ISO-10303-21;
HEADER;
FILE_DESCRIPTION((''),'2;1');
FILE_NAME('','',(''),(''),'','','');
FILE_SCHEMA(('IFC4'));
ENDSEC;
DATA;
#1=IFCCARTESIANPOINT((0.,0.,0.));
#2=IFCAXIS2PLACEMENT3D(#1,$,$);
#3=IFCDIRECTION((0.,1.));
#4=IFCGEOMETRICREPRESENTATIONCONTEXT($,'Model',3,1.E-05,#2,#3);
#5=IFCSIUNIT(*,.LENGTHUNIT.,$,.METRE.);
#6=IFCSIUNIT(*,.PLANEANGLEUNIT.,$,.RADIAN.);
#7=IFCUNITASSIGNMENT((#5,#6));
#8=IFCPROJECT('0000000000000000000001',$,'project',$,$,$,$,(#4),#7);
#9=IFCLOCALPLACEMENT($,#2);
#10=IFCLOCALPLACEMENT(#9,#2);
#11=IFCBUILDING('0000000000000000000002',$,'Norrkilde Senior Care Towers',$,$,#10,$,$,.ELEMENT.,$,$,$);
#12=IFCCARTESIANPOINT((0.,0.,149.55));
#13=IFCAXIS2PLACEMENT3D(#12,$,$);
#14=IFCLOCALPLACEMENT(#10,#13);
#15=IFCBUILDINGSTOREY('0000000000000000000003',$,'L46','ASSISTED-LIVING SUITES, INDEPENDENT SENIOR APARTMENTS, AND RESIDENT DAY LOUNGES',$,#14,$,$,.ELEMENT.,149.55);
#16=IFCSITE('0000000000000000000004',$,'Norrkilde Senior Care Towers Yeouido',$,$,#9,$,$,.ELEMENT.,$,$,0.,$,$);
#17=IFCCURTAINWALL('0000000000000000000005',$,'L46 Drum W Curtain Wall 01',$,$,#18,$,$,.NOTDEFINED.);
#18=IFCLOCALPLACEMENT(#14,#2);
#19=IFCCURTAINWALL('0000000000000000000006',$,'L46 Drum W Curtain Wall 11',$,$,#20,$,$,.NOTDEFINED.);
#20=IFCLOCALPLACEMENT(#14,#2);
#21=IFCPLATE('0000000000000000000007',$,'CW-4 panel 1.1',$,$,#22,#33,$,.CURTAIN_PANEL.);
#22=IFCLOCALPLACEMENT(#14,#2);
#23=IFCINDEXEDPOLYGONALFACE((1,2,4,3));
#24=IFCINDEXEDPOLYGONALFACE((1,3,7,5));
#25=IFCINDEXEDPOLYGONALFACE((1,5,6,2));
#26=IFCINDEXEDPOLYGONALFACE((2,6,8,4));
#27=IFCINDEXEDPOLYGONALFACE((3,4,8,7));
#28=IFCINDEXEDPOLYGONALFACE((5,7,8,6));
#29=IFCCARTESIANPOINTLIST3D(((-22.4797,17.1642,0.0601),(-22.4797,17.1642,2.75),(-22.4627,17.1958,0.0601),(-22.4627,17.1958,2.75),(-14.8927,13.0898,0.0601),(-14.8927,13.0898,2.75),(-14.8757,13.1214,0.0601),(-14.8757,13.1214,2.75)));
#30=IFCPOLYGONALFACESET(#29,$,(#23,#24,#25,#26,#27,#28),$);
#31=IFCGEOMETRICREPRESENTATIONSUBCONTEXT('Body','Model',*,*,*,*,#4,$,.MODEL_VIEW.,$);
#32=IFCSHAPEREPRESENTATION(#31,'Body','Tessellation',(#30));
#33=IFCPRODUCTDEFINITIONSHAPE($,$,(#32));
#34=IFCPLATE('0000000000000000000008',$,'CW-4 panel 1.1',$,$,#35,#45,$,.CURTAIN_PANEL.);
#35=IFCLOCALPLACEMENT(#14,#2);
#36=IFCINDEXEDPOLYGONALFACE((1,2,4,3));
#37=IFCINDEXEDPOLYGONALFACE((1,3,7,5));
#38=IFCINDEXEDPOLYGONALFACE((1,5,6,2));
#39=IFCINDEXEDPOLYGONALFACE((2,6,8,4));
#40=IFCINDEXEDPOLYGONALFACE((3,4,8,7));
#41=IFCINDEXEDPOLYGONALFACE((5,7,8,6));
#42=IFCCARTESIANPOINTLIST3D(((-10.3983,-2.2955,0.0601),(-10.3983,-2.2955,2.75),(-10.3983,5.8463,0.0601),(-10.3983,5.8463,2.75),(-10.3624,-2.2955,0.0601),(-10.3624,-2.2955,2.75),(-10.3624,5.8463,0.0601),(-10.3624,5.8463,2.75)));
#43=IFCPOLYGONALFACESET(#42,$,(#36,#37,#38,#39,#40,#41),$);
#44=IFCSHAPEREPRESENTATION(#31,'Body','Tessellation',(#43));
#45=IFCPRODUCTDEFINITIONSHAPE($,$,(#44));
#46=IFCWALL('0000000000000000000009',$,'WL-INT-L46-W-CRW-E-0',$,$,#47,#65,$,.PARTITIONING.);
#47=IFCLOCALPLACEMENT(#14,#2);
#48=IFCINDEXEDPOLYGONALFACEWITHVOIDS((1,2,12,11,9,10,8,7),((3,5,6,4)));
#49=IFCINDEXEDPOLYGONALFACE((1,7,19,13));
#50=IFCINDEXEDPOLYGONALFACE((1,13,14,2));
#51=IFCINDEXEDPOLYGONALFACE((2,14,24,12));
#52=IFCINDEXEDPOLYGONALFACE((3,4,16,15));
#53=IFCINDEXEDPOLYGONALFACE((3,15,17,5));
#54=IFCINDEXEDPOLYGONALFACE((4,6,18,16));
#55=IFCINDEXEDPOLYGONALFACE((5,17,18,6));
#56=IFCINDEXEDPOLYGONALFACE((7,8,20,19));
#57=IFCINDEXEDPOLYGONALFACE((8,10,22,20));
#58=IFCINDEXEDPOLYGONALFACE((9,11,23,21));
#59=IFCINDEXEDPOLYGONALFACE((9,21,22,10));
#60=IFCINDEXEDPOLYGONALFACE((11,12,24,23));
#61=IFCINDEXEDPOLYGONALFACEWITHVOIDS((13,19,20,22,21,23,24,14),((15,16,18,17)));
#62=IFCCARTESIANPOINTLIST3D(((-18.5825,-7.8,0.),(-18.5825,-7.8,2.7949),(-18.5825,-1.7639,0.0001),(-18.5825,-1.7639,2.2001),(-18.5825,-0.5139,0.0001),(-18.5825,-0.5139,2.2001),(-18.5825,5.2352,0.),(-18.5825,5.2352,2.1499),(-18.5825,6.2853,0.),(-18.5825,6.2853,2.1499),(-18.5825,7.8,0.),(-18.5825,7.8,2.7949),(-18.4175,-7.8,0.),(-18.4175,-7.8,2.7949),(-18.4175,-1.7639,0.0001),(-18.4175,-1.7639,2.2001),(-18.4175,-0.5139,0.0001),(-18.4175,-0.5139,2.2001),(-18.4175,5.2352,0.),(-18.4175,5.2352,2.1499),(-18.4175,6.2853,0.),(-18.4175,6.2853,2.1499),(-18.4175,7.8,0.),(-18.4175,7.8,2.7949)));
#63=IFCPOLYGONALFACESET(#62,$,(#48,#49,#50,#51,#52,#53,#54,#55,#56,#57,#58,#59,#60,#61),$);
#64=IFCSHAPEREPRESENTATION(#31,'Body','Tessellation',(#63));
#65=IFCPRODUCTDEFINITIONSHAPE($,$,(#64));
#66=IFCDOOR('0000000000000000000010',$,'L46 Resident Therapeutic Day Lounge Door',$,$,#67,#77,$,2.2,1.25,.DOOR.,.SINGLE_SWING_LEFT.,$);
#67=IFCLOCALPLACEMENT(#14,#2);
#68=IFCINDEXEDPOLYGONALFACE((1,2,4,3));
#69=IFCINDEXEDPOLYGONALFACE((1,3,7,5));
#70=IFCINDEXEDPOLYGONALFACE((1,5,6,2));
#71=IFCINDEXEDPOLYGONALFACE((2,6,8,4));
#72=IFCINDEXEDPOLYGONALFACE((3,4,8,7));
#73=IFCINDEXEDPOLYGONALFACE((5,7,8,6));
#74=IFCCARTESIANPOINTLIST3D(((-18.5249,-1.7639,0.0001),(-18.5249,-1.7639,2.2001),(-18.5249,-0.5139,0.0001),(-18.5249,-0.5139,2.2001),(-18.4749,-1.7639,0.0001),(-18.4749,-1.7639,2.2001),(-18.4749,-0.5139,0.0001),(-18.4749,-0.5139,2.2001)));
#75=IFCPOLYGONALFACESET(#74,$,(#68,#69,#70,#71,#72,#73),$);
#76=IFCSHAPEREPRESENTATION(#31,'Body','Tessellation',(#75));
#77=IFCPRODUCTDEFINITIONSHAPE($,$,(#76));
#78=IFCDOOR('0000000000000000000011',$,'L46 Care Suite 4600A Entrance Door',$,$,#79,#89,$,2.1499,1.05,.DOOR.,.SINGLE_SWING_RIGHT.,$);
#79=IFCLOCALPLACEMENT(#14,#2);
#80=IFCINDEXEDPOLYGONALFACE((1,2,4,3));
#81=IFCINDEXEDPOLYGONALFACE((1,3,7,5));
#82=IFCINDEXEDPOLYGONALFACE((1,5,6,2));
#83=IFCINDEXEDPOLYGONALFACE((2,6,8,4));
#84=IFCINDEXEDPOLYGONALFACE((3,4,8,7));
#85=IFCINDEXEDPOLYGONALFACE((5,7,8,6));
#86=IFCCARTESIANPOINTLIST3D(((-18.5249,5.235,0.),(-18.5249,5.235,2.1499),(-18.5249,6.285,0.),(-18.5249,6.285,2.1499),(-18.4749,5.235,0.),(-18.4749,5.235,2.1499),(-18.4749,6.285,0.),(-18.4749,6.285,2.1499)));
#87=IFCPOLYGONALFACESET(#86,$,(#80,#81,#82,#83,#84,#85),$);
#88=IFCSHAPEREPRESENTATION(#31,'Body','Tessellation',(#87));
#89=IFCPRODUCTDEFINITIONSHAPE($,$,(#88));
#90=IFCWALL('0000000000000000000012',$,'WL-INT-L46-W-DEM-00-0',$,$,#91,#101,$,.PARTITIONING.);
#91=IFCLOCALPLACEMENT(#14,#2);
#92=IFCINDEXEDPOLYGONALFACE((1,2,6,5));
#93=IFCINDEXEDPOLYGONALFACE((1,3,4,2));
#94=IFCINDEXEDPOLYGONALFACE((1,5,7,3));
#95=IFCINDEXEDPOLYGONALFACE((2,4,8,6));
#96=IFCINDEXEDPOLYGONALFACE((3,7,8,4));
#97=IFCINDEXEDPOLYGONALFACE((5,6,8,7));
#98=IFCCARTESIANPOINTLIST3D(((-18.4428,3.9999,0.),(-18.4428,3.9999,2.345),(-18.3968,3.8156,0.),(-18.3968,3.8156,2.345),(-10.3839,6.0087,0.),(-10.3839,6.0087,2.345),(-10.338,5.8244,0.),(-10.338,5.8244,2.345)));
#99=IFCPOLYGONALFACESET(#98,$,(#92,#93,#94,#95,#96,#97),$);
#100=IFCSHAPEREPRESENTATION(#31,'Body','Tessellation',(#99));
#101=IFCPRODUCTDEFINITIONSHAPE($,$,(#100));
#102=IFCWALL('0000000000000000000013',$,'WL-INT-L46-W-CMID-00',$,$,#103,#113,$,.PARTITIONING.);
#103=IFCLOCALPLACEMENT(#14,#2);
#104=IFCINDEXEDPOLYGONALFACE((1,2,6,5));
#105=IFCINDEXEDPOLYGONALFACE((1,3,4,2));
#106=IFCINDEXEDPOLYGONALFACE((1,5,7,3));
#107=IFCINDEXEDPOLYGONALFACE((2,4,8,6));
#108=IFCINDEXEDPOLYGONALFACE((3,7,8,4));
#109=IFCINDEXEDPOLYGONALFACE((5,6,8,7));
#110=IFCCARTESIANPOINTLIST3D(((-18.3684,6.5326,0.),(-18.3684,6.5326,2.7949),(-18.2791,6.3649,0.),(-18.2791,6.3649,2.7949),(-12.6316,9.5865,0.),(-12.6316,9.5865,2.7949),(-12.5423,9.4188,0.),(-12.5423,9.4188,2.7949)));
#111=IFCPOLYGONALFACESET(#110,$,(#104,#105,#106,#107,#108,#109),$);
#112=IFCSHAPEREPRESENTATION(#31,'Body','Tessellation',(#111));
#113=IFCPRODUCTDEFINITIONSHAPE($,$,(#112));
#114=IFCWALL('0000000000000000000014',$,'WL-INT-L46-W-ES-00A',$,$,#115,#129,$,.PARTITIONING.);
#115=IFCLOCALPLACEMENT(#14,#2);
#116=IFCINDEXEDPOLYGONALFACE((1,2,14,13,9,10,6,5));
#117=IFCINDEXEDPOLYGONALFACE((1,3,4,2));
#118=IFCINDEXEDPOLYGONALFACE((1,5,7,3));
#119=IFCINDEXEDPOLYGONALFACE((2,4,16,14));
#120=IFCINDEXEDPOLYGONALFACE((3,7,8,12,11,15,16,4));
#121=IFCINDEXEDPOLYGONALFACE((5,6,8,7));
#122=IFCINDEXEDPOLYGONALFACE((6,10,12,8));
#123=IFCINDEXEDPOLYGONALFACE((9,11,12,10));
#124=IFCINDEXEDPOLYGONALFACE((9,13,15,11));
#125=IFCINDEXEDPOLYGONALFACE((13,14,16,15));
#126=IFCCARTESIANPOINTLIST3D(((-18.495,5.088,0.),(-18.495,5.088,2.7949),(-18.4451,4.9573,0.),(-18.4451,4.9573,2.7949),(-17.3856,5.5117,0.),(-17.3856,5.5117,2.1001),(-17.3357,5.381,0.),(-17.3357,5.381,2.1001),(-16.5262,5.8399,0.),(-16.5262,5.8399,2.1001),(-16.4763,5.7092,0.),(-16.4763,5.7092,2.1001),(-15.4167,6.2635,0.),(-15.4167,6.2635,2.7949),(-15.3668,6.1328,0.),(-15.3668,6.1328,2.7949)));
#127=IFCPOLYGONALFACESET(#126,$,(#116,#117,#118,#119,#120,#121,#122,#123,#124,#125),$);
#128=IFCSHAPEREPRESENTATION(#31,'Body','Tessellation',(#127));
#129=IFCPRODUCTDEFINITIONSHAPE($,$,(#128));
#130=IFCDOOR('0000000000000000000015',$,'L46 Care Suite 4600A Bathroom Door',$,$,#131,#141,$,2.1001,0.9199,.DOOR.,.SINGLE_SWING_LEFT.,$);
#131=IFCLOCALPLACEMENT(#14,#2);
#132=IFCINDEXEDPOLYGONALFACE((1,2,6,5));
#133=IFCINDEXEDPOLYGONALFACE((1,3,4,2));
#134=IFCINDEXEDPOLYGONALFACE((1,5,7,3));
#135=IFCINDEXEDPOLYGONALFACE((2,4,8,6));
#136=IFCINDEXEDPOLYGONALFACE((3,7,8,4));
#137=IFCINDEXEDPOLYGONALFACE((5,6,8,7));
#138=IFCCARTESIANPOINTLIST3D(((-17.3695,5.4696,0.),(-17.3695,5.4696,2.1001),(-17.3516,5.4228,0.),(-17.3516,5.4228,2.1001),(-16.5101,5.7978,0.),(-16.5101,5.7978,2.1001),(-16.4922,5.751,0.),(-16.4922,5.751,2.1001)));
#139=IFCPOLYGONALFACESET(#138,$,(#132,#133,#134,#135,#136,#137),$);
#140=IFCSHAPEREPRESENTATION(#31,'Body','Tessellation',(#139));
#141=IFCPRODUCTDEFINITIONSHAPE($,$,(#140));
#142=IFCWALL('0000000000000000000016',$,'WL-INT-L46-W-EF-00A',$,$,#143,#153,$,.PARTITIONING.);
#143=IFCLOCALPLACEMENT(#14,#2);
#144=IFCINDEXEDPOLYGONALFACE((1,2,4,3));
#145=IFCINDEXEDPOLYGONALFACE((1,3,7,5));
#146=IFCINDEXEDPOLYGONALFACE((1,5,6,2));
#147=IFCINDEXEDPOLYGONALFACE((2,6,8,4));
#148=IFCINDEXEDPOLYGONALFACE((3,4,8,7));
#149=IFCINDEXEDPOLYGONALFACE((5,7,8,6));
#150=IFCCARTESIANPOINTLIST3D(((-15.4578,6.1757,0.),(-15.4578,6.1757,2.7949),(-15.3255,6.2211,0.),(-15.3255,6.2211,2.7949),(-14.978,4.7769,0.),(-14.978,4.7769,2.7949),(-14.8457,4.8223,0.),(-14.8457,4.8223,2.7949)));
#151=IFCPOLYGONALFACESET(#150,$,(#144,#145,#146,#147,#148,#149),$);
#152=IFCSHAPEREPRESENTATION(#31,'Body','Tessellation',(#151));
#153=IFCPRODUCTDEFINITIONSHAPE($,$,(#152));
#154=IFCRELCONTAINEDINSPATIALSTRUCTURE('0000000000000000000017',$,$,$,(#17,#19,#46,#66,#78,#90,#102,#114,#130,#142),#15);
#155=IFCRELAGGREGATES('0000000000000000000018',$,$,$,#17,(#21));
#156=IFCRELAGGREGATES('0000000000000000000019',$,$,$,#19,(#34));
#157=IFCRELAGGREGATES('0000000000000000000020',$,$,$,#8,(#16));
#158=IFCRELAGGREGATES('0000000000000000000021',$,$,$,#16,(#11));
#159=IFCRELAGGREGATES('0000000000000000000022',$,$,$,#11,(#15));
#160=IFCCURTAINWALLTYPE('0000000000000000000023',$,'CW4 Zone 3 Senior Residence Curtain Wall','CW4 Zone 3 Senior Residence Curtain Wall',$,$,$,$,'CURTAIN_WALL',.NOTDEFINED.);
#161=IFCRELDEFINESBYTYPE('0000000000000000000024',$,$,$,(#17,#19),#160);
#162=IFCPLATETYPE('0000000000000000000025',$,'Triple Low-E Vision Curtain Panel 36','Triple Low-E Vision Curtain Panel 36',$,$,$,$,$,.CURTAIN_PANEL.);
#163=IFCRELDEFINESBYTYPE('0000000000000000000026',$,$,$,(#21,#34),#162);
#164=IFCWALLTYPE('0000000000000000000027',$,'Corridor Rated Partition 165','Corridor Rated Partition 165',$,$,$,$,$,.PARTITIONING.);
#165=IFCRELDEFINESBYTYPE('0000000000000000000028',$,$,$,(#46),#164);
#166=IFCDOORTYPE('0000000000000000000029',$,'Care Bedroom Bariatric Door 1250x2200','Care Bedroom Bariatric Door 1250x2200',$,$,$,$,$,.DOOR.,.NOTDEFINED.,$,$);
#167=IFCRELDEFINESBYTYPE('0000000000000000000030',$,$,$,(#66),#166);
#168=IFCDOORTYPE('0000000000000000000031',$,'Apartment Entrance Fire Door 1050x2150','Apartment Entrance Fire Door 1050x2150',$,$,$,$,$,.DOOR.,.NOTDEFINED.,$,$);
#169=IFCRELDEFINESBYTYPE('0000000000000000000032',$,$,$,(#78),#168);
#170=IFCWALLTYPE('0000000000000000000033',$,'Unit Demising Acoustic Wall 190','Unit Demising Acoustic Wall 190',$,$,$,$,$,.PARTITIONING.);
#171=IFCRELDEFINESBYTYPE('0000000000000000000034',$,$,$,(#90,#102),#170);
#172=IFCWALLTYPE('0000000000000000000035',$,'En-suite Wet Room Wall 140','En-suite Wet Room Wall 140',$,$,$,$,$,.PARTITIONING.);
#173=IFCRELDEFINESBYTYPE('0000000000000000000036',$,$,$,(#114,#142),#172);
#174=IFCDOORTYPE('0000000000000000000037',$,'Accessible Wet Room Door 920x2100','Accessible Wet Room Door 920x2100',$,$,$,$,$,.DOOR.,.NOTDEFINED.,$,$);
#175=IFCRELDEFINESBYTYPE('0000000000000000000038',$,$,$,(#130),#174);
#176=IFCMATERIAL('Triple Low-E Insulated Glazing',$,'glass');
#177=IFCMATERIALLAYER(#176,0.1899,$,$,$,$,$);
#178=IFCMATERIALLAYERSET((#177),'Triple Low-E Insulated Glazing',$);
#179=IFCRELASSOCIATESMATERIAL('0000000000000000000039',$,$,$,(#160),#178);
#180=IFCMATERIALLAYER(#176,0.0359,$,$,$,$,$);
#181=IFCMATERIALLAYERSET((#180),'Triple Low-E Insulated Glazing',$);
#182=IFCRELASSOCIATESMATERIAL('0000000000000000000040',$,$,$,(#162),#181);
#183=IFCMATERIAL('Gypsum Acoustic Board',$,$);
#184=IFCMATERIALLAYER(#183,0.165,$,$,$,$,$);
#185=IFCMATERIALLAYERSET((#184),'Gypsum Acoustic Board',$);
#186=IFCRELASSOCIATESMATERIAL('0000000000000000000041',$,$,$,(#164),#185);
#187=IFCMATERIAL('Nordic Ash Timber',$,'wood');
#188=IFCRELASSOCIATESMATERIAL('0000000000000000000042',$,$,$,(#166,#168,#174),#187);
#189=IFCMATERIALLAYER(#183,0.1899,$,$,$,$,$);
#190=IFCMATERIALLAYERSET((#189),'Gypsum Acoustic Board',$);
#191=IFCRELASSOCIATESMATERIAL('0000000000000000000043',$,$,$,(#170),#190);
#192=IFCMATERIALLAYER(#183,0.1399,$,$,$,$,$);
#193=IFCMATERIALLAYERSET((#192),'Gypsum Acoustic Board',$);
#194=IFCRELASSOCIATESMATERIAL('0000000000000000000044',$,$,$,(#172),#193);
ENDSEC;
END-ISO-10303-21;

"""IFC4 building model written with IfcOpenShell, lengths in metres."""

from ifc_helpers import new_model, si_unit, direction, frame, frame_2d, origin, origin_2d, place, context, subcontext, project, spatial, rectangle, extrude, source, transform, mapped, material, layer, layer_set, type_object, type_shapes, element, fill, aggregate, save


model = new_model("IFC4")

# Units and contexts
model_context = context("Model", 3, precision=1e-05, world=origin(), true_north=direction((0.0, 1.0)))
body_context = subcontext(model_context, "Body", "Model", "MODEL_VIEW")
ifc_project = project(units=[si_unit("LENGTHUNIT", "METRE"), si_unit("PLANEANGLEUNIT", "RADIAN")], contexts=[model_context])

# Site, building, storey
site_placement = place(None, origin())
site = spatial("IfcSite", under=ifc_project, at=site_placement, Name="Norrkilde Senior Care Towers Yeouido", CompositionType="ELEMENT", RefElevation=0.0)
building_placement = place(site_placement, origin())
building = spatial("IfcBuilding", under=site, at=building_placement, Name="Norrkilde Senior Care Towers", CompositionType="ELEMENT")
storey_placement = place(building_placement, frame((0.0, 0.0, 149.55)))
storey = spatial("IfcBuildingStorey", under=building, at=storey_placement, Name="L46", Description="ASSISTED-LIVING SUITES, INDEPENDENT SENIOR APARTMENTS, AND RESIDENT DAY LOUNGES", CompositionType="ELEMENT", Elevation=149.55)

# Shared definitions
ifc_material_1 = material(Name="Triple Low-E Insulated Glazing", Category="glass")
ifc_layer_1 = layer(ifc_material_1, 0.1899)
ifc_layer_set_1 = layer_set([ifc_layer_1], Name="Triple Low-E Insulated Glazing")
curtain_wall_type = type_object("IfcCurtainWallType", Name="CW4 Zone 3 Senior Residence Curtain Wall", Description="CW4 Zone 3 Senior Residence Curtain Wall", ElementType="CURTAIN_WALL", PredefinedType="NOTDEFINED", material=ifc_layer_set_1)

# Curtain walls
curtain_wall_1_placement = place(storey_placement, origin())
curtain_wall_1 = element("IfcCurtainWall", 1, at=curtain_wall_1_placement, inside=storey, type_object=curtain_wall_type, Name="L46 Drum W Curtain Wall 01", PredefinedType="NOTDEFINED")
curtain_wall_2_placement = place(storey_placement, origin())
curtain_wall_2 = element("IfcCurtainWall", 2, at=curtain_wall_2_placement, inside=storey, type_object=curtain_wall_type, Name="L46 Drum W Curtain Wall 11", PredefinedType="NOTDEFINED")

# Plates
ifc_layer_2 = layer(ifc_material_1, 0.0359)
ifc_layer_set_2 = layer_set([ifc_layer_2], Name="Triple Low-E Insulated Glazing")
plate_type = type_object("IfcPlateType", Name="Triple Low-E Vision Curtain Panel 36", Description="Triple Low-E Vision Curtain Panel 36", PredefinedType="CURTAIN_PANEL", material=ifc_layer_set_2)
shared_shape_1 = source(origin(), body_context, "Body", "SweptSolid", [
    extrude(rectangle(XDim=8.6118, YDim=0.0359, at=origin_2d()), origin(), (0.0, 0.0, 1.0), 2.6899),
])
plate_1_placement = place(storey_placement, frame((-18.6777, 15.1428, 0.0601), z_axis=(0.0, 0.0, 1.0), x_axis=(0.881, -0.473117, 0.0)))
plate_1 = element("IfcPlate", 3, at=plate_1_placement, type_object=plate_type, Name="CW-4 panel 1.1", PredefinedType="CURTAIN_PANEL", context=body_context, shape_type="MappedRepresentation", body=[
    mapped(shared_shape_1, transform((0.0, 0.0, 0.0), x_axis=(1.0, 0.0, 0.0), y_axis=(0.0, 1.0, 0.0), z_axis=(0.0, 0.0, 1.0), scale=1.0)),
])
aggregate(curtain_wall_1, [plate_1])
shared_shape_2 = source(origin(), body_context, "Body", "SweptSolid", [
    extrude(rectangle(XDim=8.1418, YDim=0.0359, at=origin_2d()), origin(), (0.0, 0.0, 1.0), 2.6899),
])
plate_2_placement = place(storey_placement, frame((-10.3804, 1.7754, 0.0601), z_axis=(0.0, 0.0, 1.0), x_axis=(0.0, -1.0, 0.0)))
plate_2 = element("IfcPlate", 4, at=plate_2_placement, type_object=plate_type, Name="CW-4 panel 1.1", PredefinedType="CURTAIN_PANEL", context=body_context, shape_type="MappedRepresentation", body=[
    mapped(shared_shape_2, transform((0.0, 0.0, 0.0), x_axis=(1.0, 0.0, 0.0), y_axis=(0.0, 1.0, 0.0), z_axis=(0.0, 0.0, 1.0), scale=1.0)),
])
aggregate(curtain_wall_2, [plate_2])

# Wall, openings, doors
ifc_material_2 = material(Name="Gypsum Acoustic Board")
ifc_layer_3 = layer(ifc_material_2, 0.165)
ifc_layer_set_3 = layer_set([ifc_layer_3], Name="Gypsum Acoustic Board")
wall_type_1 = type_object("IfcWallType", Name="Corridor Rated Partition 165", Description="Corridor Rated Partition 165", PredefinedType="PARTITIONING", material=ifc_layer_set_3)
shared_shape_3 = source(origin(), body_context, "Body", "SweptSolid", [
    extrude(rectangle(XDim=15.6001, YDim=0.165, at=frame_2d((7.8, 0.0))), origin(), (0.0, 0.0, 1.0), 2.7949),
])
type_shapes(wall_type_1, [shared_shape_3])
wall_1_placement = place(storey_placement, frame((-18.5, 7.8, 0.0), z_axis=(0.0, 0.0, 1.0), x_axis=(0.0, -1.0, 0.0)))
wall_1 = element("IfcWall", 5, at=wall_1_placement, inside=storey, type_object=wall_type_1, Name="WL-INT-L46-W-CRW-E-0", PredefinedType="PARTITIONING", context=body_context, shape_type="MappedRepresentation", body=[
    mapped(shared_shape_3, transform((0.0, 0.0, 0.0), x_axis=(1.0, 0.0, 0.0), y_axis=(0.0, 1.0, 0.0), z_axis=(0.0, 0.0, 1.0), scale=1.0)),
])
opening_1_placement = place(wall_1_placement, frame((8.314, 0.0, 0.0)))
opening_1 = element("IfcOpeningElement", 6, at=opening_1_placement, cuts=wall_1, PredefinedType="OPENING", context=body_context, shape_type="SweptSolid", body=[
    extrude(rectangle(XDim=1.25, YDim=2.2, at=frame_2d((0.625, 1.1001))), frame((0.0, 0.0925, 0.0), z_axis=(0.0, -1.0, 0.0), x_axis=(1.0, 0.0, 0.0)), (0.0, 0.0, 1.0), 0.1851),
])
opening_2_placement = place(wall_1_placement, frame((1.5149, 0.0, 0.0)))
opening_2 = element("IfcOpeningElement", 7, at=opening_2_placement, cuts=wall_1, PredefinedType="OPENING", context=body_context, shape_type="SweptSolid", body=[
    extrude(rectangle(XDim=1.05, YDim=2.1499, at=frame_2d((0.5249, 1.075))), frame((0.0, 0.0925, 0.0), z_axis=(0.0, -1.0, 0.0), x_axis=(1.0, 0.0, 0.0)), (0.0, 0.0, 1.0), 0.1851),
])
ifc_material_3 = material(Name="Nordic Ash Timber", Category="wood")
door_type_1 = type_object("IfcDoorType", Name="Care Bedroom Bariatric Door 1250x2200", Description="Care Bedroom Bariatric Door 1250x2200", OperationType="NOTDEFINED", PredefinedType="DOOR", material=ifc_material_3)
shared_shape_4 = source(origin(), body_context, "Body", "SweptSolid", [
    extrude(rectangle(XDim=1.25, YDim=2.2, at=frame_2d((0.625, 1.1001))), frame((0.0, 0.0249, 0.0), z_axis=(0.0, -1.0, 0.0), x_axis=(1.0, 0.0, 0.0)), (0.0, 0.0, 1.0), 0.05),
])
type_shapes(door_type_1, [shared_shape_4])
door_1_placement = place(opening_1_placement, frame((1.25, 0.0, 0.0), z_axis=(0.0, 0.0, 1.0), x_axis=(-1.0, 0.0, 0.0)))
door_1 = element("IfcDoor", 8, at=door_1_placement, inside=storey, type_object=door_type_1, Name="L46 Resident Therapeutic Day Lounge Door", OperationType="SINGLE_SWING_LEFT", OverallHeight=2.2, OverallWidth=1.25, PredefinedType="DOOR", context=body_context, shape_type="MappedRepresentation", body=[
    mapped(shared_shape_4, transform((0.0, 0.0, 0.0), x_axis=(1.0, 0.0, 0.0), y_axis=(0.0, 1.0, 0.0), z_axis=(0.0, 0.0, 1.0), scale=1.0)),
])
fill(opening_1, door_1)
door_type_2 = type_object("IfcDoorType", Name="Apartment Entrance Fire Door 1050x2150", Description="Apartment Entrance Fire Door 1050x2150", OperationType="NOTDEFINED", PredefinedType="DOOR", material=ifc_material_3)
shared_shape_5 = source(origin(), body_context, "Body", "SweptSolid", [
    extrude(rectangle(XDim=1.05, YDim=2.1499, at=frame_2d((0.5249, 1.075))), frame((0.0, 0.0249, 0.0), z_axis=(0.0, -1.0, 0.0), x_axis=(1.0, 0.0, 0.0)), (0.0, 0.0, 1.0), 0.05),
])
type_shapes(door_type_2, [shared_shape_5])
door_2_placement = place(opening_2_placement, frame((1.05, 0.0, 0.0), z_axis=(0.0, 0.0, 1.0), x_axis=(-1.0, 0.0, 0.0)))
door_2 = element("IfcDoor", 9, at=door_2_placement, inside=storey, type_object=door_type_2, Name="L46 Care Suite 4600A Entrance Door", OperationType="SINGLE_SWING_RIGHT", OverallHeight=2.1499, OverallWidth=1.05, PredefinedType="DOOR", context=body_context, shape_type="MappedRepresentation", body=[
    mapped(shared_shape_5, transform((0.0, 0.0, 0.0), x_axis=(1.0, 0.0, 0.0), y_axis=(0.0, 1.0, 0.0), z_axis=(0.0, 0.0, 1.0), scale=1.0)),
])
fill(opening_2, door_2)

# Walls
ifc_layer_4 = layer(ifc_material_2, 0.1899)
ifc_layer_set_4 = layer_set([ifc_layer_4], Name="Gypsum Acoustic Board")
wall_type_2 = type_object("IfcWallType", Name="Unit Demising Acoustic Wall 190", Description="Unit Demising Acoustic Wall 190", PredefinedType="PARTITIONING", material=ifc_layer_set_4)
shared_shape_6 = source(origin(), body_context, "Body", "SweptSolid", [
    extrude(rectangle(XDim=8.3054, YDim=0.1899, at=frame_2d((4.1528, 0.0))), origin(), (0.0, 0.0, 1.0), 2.345),
])
wall_2_placement = place(storey_placement, frame((-18.4199, 3.9077, 0.0), z_axis=(0.0, 0.0, 1.0), x_axis=(0.97031, 0.241865, 0.0)))
element("IfcWall", 10, at=wall_2_placement, inside=storey, type_object=wall_type_2, Name="WL-INT-L46-W-DEM-00-0", PredefinedType="PARTITIONING", context=body_context, shape_type="MappedRepresentation", body=[
    mapped(shared_shape_6, transform((0.0, 0.0, 0.0), x_axis=(1.0, 0.0, 0.0), y_axis=(0.0, 1.0, 0.0), z_axis=(0.0, 0.0, 1.0), scale=1.0)),
])
shared_shape_7 = source(origin(), body_context, "Body", "SweptSolid", [
    extrude(rectangle(XDim=6.499, YDim=0.1899, at=frame_2d((3.2495, 0.0))), origin(), (0.0, 0.0, 1.0), 2.7949),
])
type_shapes(wall_type_2, [shared_shape_6, shared_shape_7])
wall_3_placement = place(storey_placement, frame((-18.3237, 6.4487, 0.0), z_axis=(0.0, 0.0, 1.0), x_axis=(0.882716, 0.469908, 0.0)))
element("IfcWall", 11, at=wall_3_placement, inside=storey, type_object=wall_type_2, Name="WL-INT-L46-W-CMID-00", PredefinedType="PARTITIONING", context=body_context, shape_type="MappedRepresentation", body=[
    mapped(shared_shape_7, transform((0.0, 0.0, 0.0), x_axis=(1.0, 0.0, 0.0), y_axis=(0.0, 1.0, 0.0), z_axis=(0.0, 0.0, 1.0), scale=1.0)),
])

# Wall, opening, door
ifc_layer_5 = layer(ifc_material_2, 0.1399)
ifc_layer_set_5 = layer_set([ifc_layer_5], Name="Gypsum Acoustic Board")
wall_type_3 = type_object("IfcWallType", Name="En-suite Wet Room Wall 140", Description="En-suite Wet Room Wall 140", PredefinedType="PARTITIONING", material=ifc_layer_set_5)
shared_shape_8 = source(origin(), body_context, "Body", "SweptSolid", [
    extrude(rectangle(XDim=3.2952, YDim=0.1399, at=frame_2d((1.6475, 0.0))), origin(), (0.0, 0.0, 1.0), 2.7949),
])
wall_4_placement = place(storey_placement, frame((-18.47, 5.0227, 0.0), z_axis=(0.0, 0.0, 1.0), x_axis=(0.934202, 0.356744, 0.0)))
wall_4 = element("IfcWall", 12, at=wall_4_placement, inside=storey, type_object=wall_type_3, Name="WL-INT-L46-W-ES-00A", PredefinedType="PARTITIONING", context=body_context, shape_type="MappedRepresentation", body=[
    mapped(shared_shape_8, transform((0.0, 0.0, 0.0), x_axis=(1.0, 0.0, 0.0), y_axis=(0.0, 1.0, 0.0), z_axis=(0.0, 0.0, 1.0), scale=1.0)),
])
opening_3_placement = place(wall_4_placement, frame((1.1875, 0.0, 0.0)))
opening_3 = element("IfcOpeningElement", 13, at=opening_3_placement, cuts=wall_4, PredefinedType="OPENING", context=body_context, shape_type="SweptSolid", body=[
    extrude(rectangle(XDim=0.9199, YDim=2.1001, at=frame_2d((0.46, 1.05))), frame((0.0, 0.0798, 0.0), z_axis=(0.0, -1.0, 0.0), x_axis=(1.0, 0.0, 0.0)), (0.0, 0.0, 1.0), 0.1599),
])
door_type_3 = type_object("IfcDoorType", Name="Accessible Wet Room Door 920x2100", Description="Accessible Wet Room Door 920x2100", OperationType="NOTDEFINED", PredefinedType="DOOR", material=ifc_material_3)
shared_shape_9 = source(origin(), body_context, "Body", "SweptSolid", [
    extrude(rectangle(XDim=0.9199, YDim=2.1001, at=frame_2d((0.46, 1.05))), frame((0.0, 0.0249, 0.0), z_axis=(0.0, -1.0, 0.0), x_axis=(1.0, 0.0, 0.0)), (0.0, 0.0, 1.0), 0.05),
])
type_shapes(door_type_3, [shared_shape_9])
door_3_placement = place(opening_3_placement, origin())
door_3 = element("IfcDoor", 14, at=door_3_placement, inside=storey, type_object=door_type_3, Name="L46 Care Suite 4600A Bathroom Door", OperationType="SINGLE_SWING_LEFT", OverallHeight=2.1001, OverallWidth=0.9199, PredefinedType="DOOR", context=body_context, shape_type="MappedRepresentation", body=[
    mapped(shared_shape_9, transform((0.0, 0.0, 0.0), x_axis=(1.0, 0.0, 0.0), y_axis=(0.0, 1.0, 0.0), z_axis=(0.0, 0.0, 1.0), scale=1.0)),
])
fill(opening_3, door_3)

# Wall
shared_shape_10 = source(origin(), body_context, "Body", "SweptSolid", [
    extrude(rectangle(XDim=1.4788, YDim=0.1399, at=frame_2d((0.7393, 0.0))), origin(), (0.0, 0.0, 1.0), 2.7949),
])
wall_5_placement = place(storey_placement, frame((-15.3916, 6.1982, 0.0), z_axis=(0.0, 0.0, 1.0), x_axis=(0.324438, -0.945907, 0.0)))
element("IfcWall", 15, at=wall_5_placement, inside=storey, type_object=wall_type_3, Name="WL-INT-L46-W-EF-00A", PredefinedType="PARTITIONING", context=body_context, shape_type="MappedRepresentation", body=[
    mapped(shared_shape_10, transform((0.0, 0.0, 0.0), x_axis=(1.0, 0.0, 0.0), y_axis=(0.0, 1.0, 0.0), z_axis=(0.0, 0.0, 1.0), scale=1.0)),
])

save(model, "model.ifc")
